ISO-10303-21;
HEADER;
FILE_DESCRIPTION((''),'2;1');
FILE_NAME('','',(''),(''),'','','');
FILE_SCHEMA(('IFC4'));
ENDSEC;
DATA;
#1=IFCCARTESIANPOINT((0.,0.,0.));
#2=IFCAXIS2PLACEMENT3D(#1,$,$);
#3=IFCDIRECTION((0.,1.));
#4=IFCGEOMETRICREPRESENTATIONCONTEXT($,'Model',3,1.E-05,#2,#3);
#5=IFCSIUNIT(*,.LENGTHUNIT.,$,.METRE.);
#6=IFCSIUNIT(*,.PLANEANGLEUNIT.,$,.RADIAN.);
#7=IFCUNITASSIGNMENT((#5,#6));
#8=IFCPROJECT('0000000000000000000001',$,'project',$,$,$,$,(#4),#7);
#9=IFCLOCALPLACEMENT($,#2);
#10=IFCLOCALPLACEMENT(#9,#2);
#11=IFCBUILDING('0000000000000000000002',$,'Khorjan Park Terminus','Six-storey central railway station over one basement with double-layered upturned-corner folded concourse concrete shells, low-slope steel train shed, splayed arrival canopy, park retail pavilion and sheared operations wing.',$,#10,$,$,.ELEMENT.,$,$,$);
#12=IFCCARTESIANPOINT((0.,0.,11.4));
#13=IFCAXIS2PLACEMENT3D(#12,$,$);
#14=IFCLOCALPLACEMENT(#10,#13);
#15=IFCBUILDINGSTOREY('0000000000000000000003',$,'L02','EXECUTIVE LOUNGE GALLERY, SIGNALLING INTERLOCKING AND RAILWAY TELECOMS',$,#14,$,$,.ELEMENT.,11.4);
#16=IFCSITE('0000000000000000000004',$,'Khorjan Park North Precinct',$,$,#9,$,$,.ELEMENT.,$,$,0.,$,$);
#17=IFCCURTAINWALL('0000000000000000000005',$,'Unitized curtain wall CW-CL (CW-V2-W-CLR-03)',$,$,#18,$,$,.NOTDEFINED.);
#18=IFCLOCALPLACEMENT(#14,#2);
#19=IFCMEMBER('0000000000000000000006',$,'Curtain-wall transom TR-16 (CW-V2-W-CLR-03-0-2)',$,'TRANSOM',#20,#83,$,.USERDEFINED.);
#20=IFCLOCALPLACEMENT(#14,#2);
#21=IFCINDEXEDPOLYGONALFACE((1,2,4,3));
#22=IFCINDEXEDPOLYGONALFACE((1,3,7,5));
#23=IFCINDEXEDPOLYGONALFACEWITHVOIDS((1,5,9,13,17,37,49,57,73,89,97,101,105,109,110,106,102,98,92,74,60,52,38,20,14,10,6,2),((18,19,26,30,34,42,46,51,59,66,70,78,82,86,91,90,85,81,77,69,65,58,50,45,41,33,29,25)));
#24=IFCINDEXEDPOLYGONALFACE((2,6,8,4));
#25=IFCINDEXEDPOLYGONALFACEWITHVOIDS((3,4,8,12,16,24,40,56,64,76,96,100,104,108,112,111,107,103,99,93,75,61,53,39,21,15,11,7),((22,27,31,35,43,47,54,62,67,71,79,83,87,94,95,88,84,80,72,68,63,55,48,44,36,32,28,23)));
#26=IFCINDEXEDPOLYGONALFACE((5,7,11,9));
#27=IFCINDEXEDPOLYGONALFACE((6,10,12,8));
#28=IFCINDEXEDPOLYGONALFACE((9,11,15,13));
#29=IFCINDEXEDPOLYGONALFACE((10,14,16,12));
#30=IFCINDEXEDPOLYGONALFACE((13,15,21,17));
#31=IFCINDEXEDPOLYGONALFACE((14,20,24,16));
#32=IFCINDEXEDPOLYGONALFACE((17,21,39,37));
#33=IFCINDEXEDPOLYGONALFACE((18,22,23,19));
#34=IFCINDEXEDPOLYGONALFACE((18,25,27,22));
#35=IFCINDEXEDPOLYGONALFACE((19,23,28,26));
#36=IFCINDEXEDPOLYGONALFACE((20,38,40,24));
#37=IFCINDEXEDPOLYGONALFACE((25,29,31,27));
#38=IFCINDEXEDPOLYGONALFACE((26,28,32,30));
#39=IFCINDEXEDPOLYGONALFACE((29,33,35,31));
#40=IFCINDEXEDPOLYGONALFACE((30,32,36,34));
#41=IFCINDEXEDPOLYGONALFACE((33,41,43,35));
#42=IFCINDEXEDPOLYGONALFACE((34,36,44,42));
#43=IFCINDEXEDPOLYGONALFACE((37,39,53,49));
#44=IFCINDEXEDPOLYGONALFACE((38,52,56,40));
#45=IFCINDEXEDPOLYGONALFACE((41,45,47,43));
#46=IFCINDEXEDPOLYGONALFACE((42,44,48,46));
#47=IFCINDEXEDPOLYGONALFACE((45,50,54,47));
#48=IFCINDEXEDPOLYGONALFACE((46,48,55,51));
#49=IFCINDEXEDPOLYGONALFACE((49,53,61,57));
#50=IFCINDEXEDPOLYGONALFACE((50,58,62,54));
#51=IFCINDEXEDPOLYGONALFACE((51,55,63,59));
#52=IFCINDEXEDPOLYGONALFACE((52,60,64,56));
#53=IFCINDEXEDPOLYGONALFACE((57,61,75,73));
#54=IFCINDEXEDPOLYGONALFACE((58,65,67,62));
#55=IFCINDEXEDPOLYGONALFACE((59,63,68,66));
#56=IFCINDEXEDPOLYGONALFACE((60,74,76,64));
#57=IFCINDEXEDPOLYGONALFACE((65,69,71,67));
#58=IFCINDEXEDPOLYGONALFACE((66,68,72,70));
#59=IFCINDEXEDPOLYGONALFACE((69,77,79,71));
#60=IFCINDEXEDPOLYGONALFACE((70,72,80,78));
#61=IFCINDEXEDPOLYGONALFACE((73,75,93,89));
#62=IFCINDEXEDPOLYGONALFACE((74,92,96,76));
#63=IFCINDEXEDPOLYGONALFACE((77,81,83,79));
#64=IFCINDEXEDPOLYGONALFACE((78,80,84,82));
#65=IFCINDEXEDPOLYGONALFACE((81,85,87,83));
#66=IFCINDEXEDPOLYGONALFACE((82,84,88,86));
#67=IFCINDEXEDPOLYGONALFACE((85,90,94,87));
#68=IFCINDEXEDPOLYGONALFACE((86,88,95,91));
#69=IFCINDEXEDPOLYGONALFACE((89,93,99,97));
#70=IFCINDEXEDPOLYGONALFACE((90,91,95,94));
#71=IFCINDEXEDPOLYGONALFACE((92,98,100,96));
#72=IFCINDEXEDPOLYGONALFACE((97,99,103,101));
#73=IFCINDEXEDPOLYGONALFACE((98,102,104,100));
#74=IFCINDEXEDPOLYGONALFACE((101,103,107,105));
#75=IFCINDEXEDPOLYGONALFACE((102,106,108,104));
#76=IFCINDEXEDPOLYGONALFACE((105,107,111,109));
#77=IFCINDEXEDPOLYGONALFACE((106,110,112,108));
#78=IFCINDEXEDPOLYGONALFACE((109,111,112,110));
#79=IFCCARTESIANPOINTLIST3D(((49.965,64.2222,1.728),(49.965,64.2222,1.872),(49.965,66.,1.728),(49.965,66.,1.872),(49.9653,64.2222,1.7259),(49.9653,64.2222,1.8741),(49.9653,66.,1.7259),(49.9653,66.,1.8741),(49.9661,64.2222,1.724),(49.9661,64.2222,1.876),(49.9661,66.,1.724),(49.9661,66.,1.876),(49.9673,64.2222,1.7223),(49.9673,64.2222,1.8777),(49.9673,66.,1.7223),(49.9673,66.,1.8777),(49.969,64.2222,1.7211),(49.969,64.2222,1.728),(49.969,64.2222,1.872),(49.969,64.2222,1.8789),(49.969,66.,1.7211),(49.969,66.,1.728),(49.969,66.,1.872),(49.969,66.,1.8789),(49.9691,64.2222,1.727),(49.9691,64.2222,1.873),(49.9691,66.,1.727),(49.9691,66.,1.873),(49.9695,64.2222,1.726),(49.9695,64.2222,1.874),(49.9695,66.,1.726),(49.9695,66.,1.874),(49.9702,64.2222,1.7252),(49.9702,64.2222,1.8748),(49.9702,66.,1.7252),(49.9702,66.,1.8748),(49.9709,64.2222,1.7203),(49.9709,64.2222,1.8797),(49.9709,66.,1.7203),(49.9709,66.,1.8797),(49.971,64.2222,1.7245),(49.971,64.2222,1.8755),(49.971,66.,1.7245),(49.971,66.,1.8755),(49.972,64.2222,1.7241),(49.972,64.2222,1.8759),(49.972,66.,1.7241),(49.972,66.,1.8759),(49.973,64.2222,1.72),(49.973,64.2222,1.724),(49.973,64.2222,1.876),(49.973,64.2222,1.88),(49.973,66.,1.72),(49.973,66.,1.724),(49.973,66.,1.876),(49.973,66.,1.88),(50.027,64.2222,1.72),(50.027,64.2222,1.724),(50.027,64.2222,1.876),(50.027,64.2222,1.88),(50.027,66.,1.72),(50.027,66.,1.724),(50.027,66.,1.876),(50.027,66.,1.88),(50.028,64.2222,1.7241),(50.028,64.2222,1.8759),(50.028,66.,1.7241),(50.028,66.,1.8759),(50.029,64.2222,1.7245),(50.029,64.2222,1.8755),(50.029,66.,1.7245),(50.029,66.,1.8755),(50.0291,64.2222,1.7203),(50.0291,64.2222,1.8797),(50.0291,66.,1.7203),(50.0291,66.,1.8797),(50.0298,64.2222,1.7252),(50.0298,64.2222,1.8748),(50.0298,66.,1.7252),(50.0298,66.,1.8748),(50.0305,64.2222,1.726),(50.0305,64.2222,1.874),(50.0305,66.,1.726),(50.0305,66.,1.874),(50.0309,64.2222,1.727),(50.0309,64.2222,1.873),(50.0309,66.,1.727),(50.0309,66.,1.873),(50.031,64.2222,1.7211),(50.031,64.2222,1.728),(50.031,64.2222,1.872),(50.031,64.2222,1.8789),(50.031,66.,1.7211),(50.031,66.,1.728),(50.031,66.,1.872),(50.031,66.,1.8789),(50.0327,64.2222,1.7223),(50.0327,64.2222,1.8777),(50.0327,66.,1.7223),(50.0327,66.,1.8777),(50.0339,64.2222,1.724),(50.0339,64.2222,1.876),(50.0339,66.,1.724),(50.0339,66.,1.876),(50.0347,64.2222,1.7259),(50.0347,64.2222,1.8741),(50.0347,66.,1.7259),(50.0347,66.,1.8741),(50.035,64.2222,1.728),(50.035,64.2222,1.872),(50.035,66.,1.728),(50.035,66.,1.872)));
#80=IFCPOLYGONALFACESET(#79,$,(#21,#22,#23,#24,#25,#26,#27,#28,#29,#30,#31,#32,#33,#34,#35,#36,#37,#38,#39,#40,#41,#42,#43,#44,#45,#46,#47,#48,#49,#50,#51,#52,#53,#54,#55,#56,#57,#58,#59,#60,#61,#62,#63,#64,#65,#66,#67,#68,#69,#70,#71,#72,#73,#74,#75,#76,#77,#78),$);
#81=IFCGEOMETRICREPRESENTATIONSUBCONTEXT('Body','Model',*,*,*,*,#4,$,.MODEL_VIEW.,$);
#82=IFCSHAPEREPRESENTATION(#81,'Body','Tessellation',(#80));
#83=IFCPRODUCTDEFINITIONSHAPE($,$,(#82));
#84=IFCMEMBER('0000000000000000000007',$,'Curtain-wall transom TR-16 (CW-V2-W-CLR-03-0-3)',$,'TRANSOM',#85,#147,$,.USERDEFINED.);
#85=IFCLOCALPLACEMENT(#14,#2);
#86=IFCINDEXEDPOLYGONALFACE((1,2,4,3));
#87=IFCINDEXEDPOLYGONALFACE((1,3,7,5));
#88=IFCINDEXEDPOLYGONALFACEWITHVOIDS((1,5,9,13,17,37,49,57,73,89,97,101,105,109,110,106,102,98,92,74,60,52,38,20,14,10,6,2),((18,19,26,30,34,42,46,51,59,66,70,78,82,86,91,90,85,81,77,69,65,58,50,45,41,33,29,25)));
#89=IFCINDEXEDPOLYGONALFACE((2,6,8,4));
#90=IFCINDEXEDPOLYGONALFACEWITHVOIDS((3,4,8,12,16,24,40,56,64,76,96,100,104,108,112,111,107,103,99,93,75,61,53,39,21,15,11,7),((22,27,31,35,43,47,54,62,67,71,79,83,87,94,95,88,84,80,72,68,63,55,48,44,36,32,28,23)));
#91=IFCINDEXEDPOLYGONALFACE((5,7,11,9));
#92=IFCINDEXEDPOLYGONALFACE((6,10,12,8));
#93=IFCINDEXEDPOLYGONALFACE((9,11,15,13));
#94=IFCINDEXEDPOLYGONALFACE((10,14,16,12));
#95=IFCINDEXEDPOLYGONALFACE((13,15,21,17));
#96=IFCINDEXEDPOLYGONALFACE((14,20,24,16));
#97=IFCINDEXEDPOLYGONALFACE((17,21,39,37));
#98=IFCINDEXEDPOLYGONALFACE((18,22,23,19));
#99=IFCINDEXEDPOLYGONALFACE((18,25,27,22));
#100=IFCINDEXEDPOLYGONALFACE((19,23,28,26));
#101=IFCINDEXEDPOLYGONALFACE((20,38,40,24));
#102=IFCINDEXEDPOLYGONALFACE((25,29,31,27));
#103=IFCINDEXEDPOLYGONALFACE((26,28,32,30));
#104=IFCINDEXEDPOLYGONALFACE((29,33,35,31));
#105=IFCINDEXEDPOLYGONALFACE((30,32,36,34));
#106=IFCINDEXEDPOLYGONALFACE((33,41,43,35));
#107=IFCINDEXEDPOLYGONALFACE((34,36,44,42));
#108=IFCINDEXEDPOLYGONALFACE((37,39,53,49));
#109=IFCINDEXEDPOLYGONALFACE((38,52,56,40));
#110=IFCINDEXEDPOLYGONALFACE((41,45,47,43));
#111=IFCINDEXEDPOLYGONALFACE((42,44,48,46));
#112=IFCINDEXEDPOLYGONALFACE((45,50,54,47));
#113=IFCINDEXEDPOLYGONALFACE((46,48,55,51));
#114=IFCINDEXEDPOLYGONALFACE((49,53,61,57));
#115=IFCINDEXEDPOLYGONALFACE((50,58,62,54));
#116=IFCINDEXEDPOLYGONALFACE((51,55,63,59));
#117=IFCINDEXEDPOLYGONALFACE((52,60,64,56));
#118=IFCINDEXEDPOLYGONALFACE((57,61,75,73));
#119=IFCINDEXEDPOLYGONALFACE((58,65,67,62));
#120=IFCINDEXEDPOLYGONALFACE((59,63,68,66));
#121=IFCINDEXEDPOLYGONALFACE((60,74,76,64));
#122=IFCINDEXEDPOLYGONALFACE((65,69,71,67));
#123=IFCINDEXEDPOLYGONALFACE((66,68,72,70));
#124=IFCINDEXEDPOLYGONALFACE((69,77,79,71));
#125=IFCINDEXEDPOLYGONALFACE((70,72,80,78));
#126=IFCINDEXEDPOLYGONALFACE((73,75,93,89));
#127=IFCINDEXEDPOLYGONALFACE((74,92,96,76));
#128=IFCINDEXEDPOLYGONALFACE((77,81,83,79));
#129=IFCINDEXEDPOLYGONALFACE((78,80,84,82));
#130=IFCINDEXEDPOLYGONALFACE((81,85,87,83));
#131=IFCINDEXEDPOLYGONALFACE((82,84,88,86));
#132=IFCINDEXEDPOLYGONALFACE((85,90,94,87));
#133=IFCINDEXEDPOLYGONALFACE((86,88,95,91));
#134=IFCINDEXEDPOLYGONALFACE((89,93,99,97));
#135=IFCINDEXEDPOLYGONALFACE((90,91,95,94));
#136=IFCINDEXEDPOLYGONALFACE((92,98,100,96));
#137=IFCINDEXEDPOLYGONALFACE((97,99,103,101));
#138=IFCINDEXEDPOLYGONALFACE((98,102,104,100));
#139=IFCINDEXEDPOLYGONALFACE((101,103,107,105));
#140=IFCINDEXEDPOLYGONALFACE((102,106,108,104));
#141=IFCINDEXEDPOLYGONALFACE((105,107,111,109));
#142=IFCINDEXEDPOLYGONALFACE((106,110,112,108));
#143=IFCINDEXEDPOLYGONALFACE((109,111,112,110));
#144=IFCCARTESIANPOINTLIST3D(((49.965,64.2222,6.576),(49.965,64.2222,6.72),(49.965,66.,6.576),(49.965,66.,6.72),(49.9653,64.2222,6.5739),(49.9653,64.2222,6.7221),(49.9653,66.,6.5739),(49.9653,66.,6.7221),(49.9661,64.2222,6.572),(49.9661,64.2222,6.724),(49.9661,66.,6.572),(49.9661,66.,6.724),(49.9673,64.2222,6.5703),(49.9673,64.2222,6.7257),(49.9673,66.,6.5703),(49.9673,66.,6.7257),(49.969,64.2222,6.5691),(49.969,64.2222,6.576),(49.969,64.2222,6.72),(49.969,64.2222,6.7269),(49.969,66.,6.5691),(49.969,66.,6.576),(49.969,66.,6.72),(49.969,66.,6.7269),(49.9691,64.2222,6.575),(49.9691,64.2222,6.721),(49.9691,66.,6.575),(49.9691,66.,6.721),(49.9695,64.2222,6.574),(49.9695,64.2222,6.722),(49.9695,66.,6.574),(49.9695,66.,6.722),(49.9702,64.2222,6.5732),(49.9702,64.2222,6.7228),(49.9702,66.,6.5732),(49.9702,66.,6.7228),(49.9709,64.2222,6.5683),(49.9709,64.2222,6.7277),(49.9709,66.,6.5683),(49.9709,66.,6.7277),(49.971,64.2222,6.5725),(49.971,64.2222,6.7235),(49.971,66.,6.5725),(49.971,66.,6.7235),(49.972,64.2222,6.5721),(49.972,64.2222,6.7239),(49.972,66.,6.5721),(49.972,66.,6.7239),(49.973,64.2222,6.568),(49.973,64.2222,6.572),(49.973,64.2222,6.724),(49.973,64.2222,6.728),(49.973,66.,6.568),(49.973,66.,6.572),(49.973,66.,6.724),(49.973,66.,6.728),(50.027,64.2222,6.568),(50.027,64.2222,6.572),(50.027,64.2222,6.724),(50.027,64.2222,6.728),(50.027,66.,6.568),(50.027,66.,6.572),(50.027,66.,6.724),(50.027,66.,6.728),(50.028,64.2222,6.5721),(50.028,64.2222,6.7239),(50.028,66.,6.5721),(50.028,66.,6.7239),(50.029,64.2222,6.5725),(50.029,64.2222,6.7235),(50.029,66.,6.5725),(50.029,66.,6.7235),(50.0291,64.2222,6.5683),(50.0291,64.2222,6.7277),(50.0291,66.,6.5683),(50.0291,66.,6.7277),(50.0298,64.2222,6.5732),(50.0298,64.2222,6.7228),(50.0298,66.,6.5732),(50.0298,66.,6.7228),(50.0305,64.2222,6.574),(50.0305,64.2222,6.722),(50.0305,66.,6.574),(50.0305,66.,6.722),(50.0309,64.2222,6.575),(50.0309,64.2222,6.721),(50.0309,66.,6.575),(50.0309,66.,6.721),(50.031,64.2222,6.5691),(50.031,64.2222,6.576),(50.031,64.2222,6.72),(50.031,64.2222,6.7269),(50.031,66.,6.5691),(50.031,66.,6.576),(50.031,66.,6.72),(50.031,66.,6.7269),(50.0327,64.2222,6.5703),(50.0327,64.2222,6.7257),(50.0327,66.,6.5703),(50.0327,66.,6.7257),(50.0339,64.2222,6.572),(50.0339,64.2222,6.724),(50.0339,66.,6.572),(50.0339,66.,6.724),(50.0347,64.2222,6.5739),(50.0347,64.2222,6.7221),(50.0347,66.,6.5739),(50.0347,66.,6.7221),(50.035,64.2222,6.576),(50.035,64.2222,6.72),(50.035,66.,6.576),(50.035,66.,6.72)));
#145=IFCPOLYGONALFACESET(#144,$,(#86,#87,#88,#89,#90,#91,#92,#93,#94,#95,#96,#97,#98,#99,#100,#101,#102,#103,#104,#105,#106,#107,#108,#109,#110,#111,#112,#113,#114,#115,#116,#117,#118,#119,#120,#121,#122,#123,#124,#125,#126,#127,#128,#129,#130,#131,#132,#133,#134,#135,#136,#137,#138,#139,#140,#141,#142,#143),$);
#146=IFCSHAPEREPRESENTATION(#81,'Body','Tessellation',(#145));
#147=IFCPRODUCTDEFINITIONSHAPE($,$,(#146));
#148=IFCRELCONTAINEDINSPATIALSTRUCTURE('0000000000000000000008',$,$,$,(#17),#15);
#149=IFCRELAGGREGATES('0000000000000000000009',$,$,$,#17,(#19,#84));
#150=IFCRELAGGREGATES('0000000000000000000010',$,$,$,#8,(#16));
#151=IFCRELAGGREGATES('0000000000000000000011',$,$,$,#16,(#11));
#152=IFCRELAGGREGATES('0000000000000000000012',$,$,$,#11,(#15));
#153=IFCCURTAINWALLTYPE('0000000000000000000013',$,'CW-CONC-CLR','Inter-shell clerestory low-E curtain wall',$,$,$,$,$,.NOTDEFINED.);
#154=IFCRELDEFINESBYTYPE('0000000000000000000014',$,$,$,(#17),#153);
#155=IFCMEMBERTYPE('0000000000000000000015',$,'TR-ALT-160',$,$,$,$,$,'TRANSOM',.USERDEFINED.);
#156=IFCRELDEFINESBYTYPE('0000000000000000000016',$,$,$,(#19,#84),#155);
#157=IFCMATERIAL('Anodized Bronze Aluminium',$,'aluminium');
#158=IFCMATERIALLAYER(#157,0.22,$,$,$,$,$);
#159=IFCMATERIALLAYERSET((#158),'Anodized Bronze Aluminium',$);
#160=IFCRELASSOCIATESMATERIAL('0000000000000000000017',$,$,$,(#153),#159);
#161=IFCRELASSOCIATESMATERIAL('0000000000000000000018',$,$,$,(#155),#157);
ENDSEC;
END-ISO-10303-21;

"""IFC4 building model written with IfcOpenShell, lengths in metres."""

from ifc_helpers import new_model, si_unit, direction, frame, origin, origin_2d, place, context, subcontext, project, spatial, hollow_rectangle, extrude, material, layer, layer_set, material_profile, profile_set, type_object, element, aggregate, save


model = new_model("IFC4")

# Units and contexts
model_context = context("Model", 3, precision=1e-05, world=origin(), true_north=direction((0.0, 1.0)))
body_context = subcontext(model_context, "Body", "Model", "MODEL_VIEW")
ifc_project = project(units=[si_unit("LENGTHUNIT", "METRE"), si_unit("PLANEANGLEUNIT", "RADIAN")], contexts=[model_context])

# Site, building, storey
site_placement = place(None, origin())
site = spatial("IfcSite", under=ifc_project, at=site_placement, Name="Khorjan Park North Precinct", CompositionType="ELEMENT", RefElevation=0.0)
building_placement = place(site_placement, origin())
building = spatial("IfcBuilding", under=site, at=building_placement, Name="Khorjan Park Terminus", Description="Six-storey central railway station over one basement with double-layered upturned-corner folded concourse concrete shells, low-slope steel train shed, splayed arrival canopy, park retail pavilion and sheared operations wing.", CompositionType="ELEMENT")
storey_placement = place(building_placement, frame((0.0, 0.0, 11.4)))
storey = spatial("IfcBuildingStorey", under=building, at=storey_placement, Name="L02", Description="EXECUTIVE LOUNGE GALLERY, SIGNALLING INTERLOCKING AND RAILWAY TELECOMS", CompositionType="ELEMENT", Elevation=11.4)

# Curtain wall
ifc_material_1 = material(Name="Anodized Bronze Aluminium", Category="aluminium")
ifc_layer_1 = layer(ifc_material_1, 0.22)
ifc_layer_set_1 = layer_set([ifc_layer_1], Name="Anodized Bronze Aluminium")
curtain_wall_type = type_object("IfcCurtainWallType", Name="CW-CONC-CLR", Description="Inter-shell clerestory low-E curtain wall", PredefinedType="NOTDEFINED", material=ifc_layer_set_1)
curtain_wall_1_placement = place(storey_placement, origin())
curtain_wall_1 = element("IfcCurtainWall", 1, at=curtain_wall_1_placement, inside=storey, type_object=curtain_wall_type, Name="Unitized curtain wall CW-CL (CW-V2-W-CLR-03)", PredefinedType="NOTDEFINED")

# Members
ifc_material_profile_1 = material_profile(ifc_material_1, hollow_rectangle(XDim=0.07, YDim=0.16, WallThickness=0.004, InnerFilletRadius=0.004, OuterFilletRadius=0.008, at=origin_2d()), Name="ALT 70x160x4")
ifc_profile_set_1 = profile_set([ifc_material_profile_1], Name="Anodized Bronze Aluminium")
member_type_1 = type_object("IfcMemberType", Name="TR-ALT-160", ElementType="TRANSOM", PredefinedType="USERDEFINED", material=ifc_profile_set_1)
member_1_placement = place(storey_placement, frame((50.0, 66.0, 1.8), z_axis=(0.0, -1.0, 0.0), x_axis=(1.0, 0.0, 0.0)))
member_1 = element("IfcMember", 2, at=member_1_placement, type_object=member_type_1, Name="Curtain-wall transom TR-16 (CW-V2-W-CLR-03-0-2)", ObjectType="TRANSOM", PredefinedType="USERDEFINED", context=body_context, shape_type="SweptSolid", body=[
    extrude(hollow_rectangle(XDim=0.07, YDim=0.16, WallThickness=0.004, InnerFilletRadius=0.004, OuterFilletRadius=0.008, at=origin_2d()), origin(), (0.0, 0.0, 1.0), 1.7778),
])
member_2_placement = place(storey_placement, frame((50.0, 66.0, 6.648), z_axis=(0.0, -1.0, 0.0), x_axis=(1.0, 0.0, 0.0)))
member_2 = element("IfcMember", 3, at=member_2_placement, type_object=member_type_1, Name="Curtain-wall transom TR-16 (CW-V2-W-CLR-03-0-3)", ObjectType="TRANSOM", PredefinedType="USERDEFINED", context=body_context, shape_type="SweptSolid", body=[
    extrude(hollow_rectangle(XDim=0.07, YDim=0.16, WallThickness=0.004, InnerFilletRadius=0.004, OuterFilletRadius=0.008, at=origin_2d()), origin(), (0.0, 0.0, 1.0), 1.7778),
])

aggregate(curtain_wall_1, [member_1, member_2])

save(model, "model.ifc")
